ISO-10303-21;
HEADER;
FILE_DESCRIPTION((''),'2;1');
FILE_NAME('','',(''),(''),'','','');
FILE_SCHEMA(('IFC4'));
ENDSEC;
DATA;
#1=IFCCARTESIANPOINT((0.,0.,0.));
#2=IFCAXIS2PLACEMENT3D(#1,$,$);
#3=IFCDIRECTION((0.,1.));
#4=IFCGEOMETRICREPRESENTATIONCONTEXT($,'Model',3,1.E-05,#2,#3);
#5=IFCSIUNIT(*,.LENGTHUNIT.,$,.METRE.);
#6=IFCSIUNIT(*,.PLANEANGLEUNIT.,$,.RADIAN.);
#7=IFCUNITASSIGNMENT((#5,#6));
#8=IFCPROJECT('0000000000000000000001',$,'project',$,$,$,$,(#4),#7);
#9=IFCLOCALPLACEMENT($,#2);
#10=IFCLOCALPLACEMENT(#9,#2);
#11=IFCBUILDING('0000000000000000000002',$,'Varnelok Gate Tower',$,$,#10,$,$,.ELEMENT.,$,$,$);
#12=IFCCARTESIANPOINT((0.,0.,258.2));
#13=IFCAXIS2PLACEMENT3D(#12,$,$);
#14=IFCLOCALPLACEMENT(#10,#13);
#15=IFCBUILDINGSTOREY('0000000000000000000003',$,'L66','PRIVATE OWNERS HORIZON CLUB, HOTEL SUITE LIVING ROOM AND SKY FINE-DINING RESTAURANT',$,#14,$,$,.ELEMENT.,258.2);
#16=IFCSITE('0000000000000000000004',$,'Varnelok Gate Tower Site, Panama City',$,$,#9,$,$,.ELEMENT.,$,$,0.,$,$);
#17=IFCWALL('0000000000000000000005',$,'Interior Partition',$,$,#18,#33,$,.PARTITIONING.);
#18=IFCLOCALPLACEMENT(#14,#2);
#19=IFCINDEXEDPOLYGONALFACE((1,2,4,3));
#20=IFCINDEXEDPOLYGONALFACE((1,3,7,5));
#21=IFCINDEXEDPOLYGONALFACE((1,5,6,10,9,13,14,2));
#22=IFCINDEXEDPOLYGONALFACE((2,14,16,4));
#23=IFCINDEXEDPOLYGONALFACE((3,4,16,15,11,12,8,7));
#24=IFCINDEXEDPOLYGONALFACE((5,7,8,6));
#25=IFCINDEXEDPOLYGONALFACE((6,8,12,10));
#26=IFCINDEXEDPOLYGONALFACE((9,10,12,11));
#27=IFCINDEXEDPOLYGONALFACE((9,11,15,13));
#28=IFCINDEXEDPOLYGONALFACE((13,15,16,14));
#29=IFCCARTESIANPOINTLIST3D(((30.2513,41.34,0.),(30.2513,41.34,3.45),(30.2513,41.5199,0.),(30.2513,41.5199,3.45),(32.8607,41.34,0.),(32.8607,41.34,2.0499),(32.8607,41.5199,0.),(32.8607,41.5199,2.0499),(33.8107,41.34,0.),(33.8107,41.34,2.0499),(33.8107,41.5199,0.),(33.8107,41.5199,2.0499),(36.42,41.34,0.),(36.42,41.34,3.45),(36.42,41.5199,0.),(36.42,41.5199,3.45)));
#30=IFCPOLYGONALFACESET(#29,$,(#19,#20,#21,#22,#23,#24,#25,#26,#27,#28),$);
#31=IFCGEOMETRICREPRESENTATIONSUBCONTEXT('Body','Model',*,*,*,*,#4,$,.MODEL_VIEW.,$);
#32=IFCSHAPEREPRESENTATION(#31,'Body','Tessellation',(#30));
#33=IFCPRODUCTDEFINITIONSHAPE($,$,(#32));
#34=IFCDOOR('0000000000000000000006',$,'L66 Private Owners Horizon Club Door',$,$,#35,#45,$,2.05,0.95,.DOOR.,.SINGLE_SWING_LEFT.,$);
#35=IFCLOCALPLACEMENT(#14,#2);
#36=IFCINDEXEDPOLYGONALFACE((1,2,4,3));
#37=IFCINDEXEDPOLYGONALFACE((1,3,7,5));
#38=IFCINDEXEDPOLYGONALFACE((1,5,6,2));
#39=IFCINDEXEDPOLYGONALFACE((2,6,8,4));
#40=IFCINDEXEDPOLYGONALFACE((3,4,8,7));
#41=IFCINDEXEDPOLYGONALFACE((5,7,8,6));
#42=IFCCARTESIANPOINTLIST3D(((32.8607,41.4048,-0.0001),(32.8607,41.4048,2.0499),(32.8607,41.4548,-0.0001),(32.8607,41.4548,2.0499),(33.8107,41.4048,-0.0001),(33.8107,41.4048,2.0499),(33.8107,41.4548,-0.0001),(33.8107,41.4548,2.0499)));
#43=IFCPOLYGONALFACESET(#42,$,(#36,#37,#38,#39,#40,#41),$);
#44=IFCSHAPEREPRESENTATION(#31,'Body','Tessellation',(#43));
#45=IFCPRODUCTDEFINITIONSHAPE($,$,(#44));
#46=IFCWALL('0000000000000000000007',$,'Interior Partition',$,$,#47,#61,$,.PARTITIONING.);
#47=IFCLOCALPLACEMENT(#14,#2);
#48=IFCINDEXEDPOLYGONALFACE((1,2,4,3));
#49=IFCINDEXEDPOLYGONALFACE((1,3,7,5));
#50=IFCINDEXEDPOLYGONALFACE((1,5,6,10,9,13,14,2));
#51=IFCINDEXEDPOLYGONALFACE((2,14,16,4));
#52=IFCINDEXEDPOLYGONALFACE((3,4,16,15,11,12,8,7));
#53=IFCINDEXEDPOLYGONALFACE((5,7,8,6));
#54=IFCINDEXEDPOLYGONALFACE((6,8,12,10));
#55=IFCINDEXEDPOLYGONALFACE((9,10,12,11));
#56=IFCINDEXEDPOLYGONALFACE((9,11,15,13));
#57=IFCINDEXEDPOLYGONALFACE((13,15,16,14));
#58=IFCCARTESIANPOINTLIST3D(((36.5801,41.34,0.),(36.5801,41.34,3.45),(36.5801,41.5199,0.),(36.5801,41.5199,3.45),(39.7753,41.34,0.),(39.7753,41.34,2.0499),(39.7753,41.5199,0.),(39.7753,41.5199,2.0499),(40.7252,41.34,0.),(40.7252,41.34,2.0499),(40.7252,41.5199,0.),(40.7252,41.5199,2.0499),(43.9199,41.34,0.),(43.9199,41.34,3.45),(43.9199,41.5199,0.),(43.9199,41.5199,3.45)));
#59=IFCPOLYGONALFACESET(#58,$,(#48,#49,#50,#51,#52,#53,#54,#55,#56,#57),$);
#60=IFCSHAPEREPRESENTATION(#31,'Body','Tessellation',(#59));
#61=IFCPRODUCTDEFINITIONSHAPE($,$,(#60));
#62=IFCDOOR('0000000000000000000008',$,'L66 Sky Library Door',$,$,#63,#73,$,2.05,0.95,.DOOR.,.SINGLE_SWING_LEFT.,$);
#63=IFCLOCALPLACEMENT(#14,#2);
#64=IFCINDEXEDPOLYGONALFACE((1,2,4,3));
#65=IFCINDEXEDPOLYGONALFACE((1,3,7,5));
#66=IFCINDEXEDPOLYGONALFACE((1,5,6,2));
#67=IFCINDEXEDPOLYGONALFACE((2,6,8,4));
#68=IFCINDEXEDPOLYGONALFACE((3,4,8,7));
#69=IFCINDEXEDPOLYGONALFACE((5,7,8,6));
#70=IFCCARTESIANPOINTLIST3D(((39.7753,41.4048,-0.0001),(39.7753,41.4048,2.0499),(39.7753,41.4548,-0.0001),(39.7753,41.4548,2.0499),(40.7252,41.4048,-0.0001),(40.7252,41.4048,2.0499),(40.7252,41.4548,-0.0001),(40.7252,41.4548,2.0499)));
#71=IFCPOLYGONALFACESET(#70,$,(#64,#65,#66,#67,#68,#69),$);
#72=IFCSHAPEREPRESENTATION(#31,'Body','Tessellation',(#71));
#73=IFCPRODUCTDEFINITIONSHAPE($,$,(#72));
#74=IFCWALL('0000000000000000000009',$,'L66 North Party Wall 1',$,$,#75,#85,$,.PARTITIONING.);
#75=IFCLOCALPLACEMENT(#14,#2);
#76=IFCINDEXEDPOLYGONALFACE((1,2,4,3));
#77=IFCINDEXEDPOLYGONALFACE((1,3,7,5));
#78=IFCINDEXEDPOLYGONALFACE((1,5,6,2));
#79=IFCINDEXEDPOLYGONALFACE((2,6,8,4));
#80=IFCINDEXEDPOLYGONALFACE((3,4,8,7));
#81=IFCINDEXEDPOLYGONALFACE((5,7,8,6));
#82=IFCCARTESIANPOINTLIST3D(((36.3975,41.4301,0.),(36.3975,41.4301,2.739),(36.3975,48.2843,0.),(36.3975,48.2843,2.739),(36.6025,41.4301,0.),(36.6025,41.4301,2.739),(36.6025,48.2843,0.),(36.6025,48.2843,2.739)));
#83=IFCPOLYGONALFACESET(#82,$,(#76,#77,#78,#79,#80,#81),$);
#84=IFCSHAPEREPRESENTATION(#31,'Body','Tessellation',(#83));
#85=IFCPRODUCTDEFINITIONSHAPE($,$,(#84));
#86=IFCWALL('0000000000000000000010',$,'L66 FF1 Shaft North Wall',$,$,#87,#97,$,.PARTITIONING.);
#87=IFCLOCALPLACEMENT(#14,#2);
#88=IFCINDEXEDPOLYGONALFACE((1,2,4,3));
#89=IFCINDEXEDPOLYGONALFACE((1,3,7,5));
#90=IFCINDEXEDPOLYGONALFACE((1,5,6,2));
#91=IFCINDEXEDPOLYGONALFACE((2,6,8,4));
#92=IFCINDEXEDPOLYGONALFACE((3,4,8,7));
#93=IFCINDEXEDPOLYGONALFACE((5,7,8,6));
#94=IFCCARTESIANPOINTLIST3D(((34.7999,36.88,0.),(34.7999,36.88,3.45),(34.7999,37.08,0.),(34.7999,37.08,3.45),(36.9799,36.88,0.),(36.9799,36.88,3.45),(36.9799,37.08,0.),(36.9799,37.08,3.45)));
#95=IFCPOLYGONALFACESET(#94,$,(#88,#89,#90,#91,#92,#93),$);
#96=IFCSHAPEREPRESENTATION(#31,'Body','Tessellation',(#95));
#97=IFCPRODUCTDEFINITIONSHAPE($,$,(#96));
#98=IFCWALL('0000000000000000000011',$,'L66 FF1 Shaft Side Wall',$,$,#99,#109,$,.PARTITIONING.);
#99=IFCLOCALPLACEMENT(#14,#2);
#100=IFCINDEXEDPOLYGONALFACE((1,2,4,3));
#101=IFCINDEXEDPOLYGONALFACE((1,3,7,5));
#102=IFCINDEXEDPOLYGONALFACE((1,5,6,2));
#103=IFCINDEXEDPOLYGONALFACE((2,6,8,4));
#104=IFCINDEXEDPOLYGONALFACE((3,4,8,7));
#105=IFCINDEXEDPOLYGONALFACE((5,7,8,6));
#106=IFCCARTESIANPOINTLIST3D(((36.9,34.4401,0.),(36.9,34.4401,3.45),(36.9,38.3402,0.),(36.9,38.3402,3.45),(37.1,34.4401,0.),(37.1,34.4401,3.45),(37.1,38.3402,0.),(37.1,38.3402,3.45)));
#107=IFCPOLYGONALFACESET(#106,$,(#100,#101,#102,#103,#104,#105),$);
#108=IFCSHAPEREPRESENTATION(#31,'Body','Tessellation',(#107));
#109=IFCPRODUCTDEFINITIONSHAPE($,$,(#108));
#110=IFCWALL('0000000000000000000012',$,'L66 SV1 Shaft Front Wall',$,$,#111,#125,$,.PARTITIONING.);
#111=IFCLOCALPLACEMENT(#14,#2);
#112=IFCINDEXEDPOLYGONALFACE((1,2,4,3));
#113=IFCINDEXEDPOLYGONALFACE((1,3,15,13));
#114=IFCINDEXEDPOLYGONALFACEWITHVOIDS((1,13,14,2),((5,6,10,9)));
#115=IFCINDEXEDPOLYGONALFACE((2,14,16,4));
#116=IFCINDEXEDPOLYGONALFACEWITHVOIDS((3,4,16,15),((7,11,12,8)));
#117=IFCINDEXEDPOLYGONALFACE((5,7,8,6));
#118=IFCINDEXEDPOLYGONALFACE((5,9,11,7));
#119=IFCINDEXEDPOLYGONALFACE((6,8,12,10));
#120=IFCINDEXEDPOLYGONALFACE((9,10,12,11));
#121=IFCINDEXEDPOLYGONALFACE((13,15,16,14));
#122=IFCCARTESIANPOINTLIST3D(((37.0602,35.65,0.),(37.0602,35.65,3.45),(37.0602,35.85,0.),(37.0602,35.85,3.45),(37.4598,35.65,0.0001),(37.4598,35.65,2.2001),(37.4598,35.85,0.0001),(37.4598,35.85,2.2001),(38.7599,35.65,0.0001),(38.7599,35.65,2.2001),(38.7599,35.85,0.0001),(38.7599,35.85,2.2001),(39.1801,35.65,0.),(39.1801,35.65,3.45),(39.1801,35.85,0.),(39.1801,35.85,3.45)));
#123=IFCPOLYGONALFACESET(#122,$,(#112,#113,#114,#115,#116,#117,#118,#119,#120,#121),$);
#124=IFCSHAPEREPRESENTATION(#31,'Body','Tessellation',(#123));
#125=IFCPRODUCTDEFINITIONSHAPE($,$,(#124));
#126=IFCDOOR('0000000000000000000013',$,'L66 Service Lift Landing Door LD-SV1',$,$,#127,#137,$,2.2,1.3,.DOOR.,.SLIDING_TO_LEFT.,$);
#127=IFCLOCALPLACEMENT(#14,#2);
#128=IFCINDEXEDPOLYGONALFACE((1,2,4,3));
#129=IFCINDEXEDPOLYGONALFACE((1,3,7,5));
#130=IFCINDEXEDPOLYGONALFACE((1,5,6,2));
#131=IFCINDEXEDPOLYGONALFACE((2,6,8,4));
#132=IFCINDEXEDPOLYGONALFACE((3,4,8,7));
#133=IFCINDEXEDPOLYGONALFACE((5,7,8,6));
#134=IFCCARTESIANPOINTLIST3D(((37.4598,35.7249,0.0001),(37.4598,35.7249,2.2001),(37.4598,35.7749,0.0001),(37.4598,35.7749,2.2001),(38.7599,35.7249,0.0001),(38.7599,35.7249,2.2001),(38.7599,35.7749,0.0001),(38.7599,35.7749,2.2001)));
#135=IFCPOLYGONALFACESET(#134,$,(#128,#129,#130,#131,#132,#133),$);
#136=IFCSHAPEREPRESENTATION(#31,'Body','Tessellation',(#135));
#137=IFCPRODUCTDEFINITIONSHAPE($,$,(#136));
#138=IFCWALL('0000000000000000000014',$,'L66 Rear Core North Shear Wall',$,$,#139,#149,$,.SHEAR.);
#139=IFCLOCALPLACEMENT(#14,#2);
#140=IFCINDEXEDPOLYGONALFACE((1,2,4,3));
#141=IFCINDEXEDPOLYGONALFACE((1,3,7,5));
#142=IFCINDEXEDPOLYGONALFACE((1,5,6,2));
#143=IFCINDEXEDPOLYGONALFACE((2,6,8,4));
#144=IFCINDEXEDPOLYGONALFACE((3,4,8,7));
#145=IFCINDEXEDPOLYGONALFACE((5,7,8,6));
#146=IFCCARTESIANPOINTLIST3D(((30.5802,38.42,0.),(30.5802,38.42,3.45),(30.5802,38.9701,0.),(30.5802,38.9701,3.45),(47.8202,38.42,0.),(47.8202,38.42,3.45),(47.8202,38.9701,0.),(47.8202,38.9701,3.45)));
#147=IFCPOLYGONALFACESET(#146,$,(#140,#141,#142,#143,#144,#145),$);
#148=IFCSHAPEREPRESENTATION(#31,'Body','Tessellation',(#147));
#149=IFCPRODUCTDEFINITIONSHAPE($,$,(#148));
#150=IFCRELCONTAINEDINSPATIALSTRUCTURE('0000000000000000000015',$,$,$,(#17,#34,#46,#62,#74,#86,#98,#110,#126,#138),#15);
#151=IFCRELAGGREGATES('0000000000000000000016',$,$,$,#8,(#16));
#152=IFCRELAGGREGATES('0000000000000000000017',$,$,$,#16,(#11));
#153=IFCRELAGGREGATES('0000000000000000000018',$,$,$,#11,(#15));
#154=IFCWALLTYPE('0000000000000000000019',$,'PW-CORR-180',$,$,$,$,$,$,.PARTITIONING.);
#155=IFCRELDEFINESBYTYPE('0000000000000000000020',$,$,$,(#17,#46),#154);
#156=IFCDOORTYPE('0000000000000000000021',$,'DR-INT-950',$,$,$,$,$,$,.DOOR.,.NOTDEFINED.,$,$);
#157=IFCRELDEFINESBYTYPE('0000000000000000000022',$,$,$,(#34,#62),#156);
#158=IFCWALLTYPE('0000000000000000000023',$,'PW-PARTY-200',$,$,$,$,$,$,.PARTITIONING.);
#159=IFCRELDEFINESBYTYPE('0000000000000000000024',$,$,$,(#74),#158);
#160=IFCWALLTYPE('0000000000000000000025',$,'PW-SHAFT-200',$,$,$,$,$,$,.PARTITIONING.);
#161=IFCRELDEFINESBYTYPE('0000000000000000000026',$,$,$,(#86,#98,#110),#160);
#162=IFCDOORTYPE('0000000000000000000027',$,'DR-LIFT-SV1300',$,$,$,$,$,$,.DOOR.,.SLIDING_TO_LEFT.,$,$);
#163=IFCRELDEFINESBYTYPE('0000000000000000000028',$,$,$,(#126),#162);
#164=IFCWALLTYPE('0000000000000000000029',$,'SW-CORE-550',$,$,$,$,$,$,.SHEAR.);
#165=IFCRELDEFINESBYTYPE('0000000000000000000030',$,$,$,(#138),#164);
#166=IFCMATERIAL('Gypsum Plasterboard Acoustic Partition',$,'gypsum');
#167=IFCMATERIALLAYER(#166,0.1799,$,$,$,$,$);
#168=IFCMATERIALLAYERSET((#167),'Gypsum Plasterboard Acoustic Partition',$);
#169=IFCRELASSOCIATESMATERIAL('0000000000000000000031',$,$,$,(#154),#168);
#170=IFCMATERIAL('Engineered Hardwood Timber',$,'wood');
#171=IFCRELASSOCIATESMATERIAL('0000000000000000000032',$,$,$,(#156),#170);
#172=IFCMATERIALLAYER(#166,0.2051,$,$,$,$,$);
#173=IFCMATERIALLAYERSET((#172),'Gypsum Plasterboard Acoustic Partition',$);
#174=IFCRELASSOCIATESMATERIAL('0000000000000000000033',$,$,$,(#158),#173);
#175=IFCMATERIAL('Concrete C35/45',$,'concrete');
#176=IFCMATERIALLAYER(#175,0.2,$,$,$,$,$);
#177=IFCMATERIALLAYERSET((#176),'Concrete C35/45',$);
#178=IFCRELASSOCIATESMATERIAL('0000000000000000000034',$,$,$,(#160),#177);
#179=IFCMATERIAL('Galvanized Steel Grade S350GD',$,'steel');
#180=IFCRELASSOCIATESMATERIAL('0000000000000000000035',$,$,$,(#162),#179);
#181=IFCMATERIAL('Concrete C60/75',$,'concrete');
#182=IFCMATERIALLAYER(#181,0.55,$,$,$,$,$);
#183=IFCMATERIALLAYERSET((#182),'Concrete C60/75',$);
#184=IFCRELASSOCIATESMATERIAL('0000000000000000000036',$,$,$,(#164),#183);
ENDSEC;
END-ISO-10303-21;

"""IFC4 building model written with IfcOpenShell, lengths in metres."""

from ifc_helpers import new_model, si_unit, direction, frame, frame_2d, origin, place, context, subcontext, project, spatial, rectangle, extrude, material, layer, layer_set, type_object, element, fill, save


model = new_model("IFC4")

# Units and contexts
model_context = context("Model", 3, precision=1e-05, world=origin(), true_north=direction((0.0, 1.0)))
body_context = subcontext(model_context, "Body", "Model", "MODEL_VIEW")
ifc_project = project(units=[si_unit("LENGTHUNIT", "METRE"), si_unit("PLANEANGLEUNIT", "RADIAN")], contexts=[model_context])

# Site, building, storey
site_placement = place(None, origin())
site = spatial("IfcSite", under=ifc_project, at=site_placement, Name="Varnelok Gate Tower Site, Panama City", CompositionType="ELEMENT", RefElevation=0.0)
building_placement = place(site_placement, origin())
building = spatial("IfcBuilding", under=site, at=building_placement, Name="Varnelok Gate Tower", CompositionType="ELEMENT")
storey_placement = place(building_placement, frame((0.0, 0.0, 258.2)))
storey = spatial("IfcBuildingStorey", under=building, at=storey_placement, Name="L66", Description="PRIVATE OWNERS HORIZON CLUB, HOTEL SUITE LIVING ROOM AND SKY FINE-DINING RESTAURANT", CompositionType="ELEMENT", Elevation=258.2)

# Walls, openings, doors
ifc_material_1 = material(Name="Gypsum Plasterboard Acoustic Partition", Category="gypsum")
ifc_layer_1 = layer(ifc_material_1, 0.1799)
ifc_layer_set_1 = layer_set([ifc_layer_1], Name="Gypsum Plasterboard Acoustic Partition")
wall_type_1 = type_object("IfcWallType", Name="PW-CORR-180", PredefinedType="PARTITIONING", material=ifc_layer_set_1)
wall_1_placement = place(storey_placement, frame((30.2512, 41.4299, 0.0), z_axis=(0.0, 0.0, 1.0), x_axis=(1.0, 0.0, 0.0)))
wall_1 = element("IfcWall", 1, at=wall_1_placement, inside=storey, type_object=wall_type_1, Name="Interior Partition", PredefinedType="PARTITIONING", context=body_context, shape_type="SweptSolid", body=[
    extrude(rectangle(XDim=6.1687, YDim=0.1799, at=frame_2d((3.0845, 0.0))), origin(), (0.0, 0.0, 1.0), 3.45),
])
opening_1_placement = place(wall_1_placement, frame((2.6094, 0.0, 0.0)))
opening_1 = element("IfcOpeningElement", 2, at=opening_1_placement, cuts=wall_1, PredefinedType="OPENING", context=body_context, shape_type="SweptSolid", body=[
    extrude(rectangle(XDim=0.95, YDim=2.05, at=frame_2d((0.4751, 1.0249))), frame((0.0, 0.0999, 0.0), z_axis=(0.0, -1.0, 0.0), x_axis=(1.0, 0.0, 0.0)), (0.0, 0.0, 1.0), 0.2),
])
ifc_material_2 = material(Name="Engineered Hardwood Timber", Category="wood")
door_type_1 = type_object("IfcDoorType", Name="DR-INT-950", OperationType="NOTDEFINED", PredefinedType="DOOR", material=ifc_material_2)
door_1_placement = place(opening_1_placement, origin())
door_1 = element("IfcDoor", 3, at=door_1_placement, inside=storey, type_object=door_type_1, Name="L66 Private Owners Horizon Club Door", OperationType="SINGLE_SWING_LEFT", OverallHeight=2.05, OverallWidth=0.95, PredefinedType="DOOR", context=body_context, shape_type="SweptSolid", body=[
    extrude(rectangle(XDim=0.95, YDim=2.05, at=frame_2d((0.4751, 1.0249))), frame((0.0, 0.0249, 0.0), z_axis=(0.0, -1.0, 0.0), x_axis=(1.0, 0.0, 0.0)), (0.0, 0.0, 1.0), 0.05),
])
fill(opening_1, door_1)
wall_2_placement = place(storey_placement, frame((36.5801, 41.4299, 0.0), z_axis=(0.0, 0.0, 1.0), x_axis=(1.0, 0.0, 0.0)))
wall_2 = element("IfcWall", 4, at=wall_2_placement, inside=storey, type_object=wall_type_1, Name="Interior Partition", PredefinedType="PARTITIONING", context=body_context, shape_type="SweptSolid", body=[
    extrude(rectangle(XDim=7.3398, YDim=0.1799, at=frame_2d((3.6699, 0.0))), origin(), (0.0, 0.0, 1.0), 3.45),
])
opening_2_placement = place(wall_2_placement, frame((3.1951, 0.0, 0.0)))
opening_2 = element("IfcOpeningElement", 5, at=opening_2_placement, cuts=wall_2, PredefinedType="OPENING", context=body_context, shape_type="SweptSolid", body=[
    extrude(rectangle(XDim=0.95, YDim=2.05, at=frame_2d((0.4751, 1.0249))), frame((0.0, 0.0999, 0.0), z_axis=(0.0, -1.0, 0.0), x_axis=(1.0, 0.0, 0.0)), (0.0, 0.0, 1.0), 0.2),
])
door_2_placement = place(opening_2_placement, origin())
door_2 = element("IfcDoor", 6, at=door_2_placement, inside=storey, type_object=door_type_1, Name="L66 Sky Library Door", OperationType="SINGLE_SWING_LEFT", OverallHeight=2.05, OverallWidth=0.95, PredefinedType="DOOR", context=body_context, shape_type="SweptSolid", body=[
    extrude(rectangle(XDim=0.95, YDim=2.05, at=frame_2d((0.4751, 1.0249))), frame((0.0, 0.0249, 0.0), z_axis=(0.0, -1.0, 0.0), x_axis=(1.0, 0.0, 0.0)), (0.0, 0.0, 1.0), 0.05),
])
fill(opening_2, door_2)

# Walls
ifc_layer_2 = layer(ifc_material_1, 0.2051)
ifc_layer_set_2 = layer_set([ifc_layer_2], Name="Gypsum Plasterboard Acoustic Partition")
wall_type_2 = type_object("IfcWallType", Name="PW-PARTY-200", PredefinedType="PARTITIONING", material=ifc_layer_set_2)
wall_3_placement = place(storey_placement, frame((36.5, 41.4299, 0.0), z_axis=(0.0, 0.0, 1.0), x_axis=(0.0, 1.0, 0.0)))
element("IfcWall", 7, at=wall_3_placement, inside=storey, type_object=wall_type_2, Name="L66 North Party Wall 1", PredefinedType="PARTITIONING", context=body_context, shape_type="SweptSolid", body=[
    extrude(rectangle(XDim=6.8542, YDim=0.2051, at=frame_2d((3.4272, 0.0))), origin(), (0.0, 0.0, 1.0), 2.739),
])
ifc_material_3 = material(Name="Concrete C35/45", Category="concrete")
ifc_layer_3 = layer(ifc_material_3, 0.2)
ifc_layer_set_3 = layer_set([ifc_layer_3], Name="Concrete C35/45")
wall_type_3 = type_object("IfcWallType", Name="PW-SHAFT-200", PredefinedType="PARTITIONING", material=ifc_layer_set_3)
wall_4_placement = place(storey_placement, frame((34.8, 36.98, 0.0), z_axis=(0.0, 0.0, 1.0), x_axis=(1.0, 0.0, 0.0)))
element("IfcWall", 8, at=wall_4_placement, inside=storey, type_object=wall_type_3, Name="L66 FF1 Shaft North Wall", PredefinedType="PARTITIONING", context=body_context, shape_type="SweptSolid", body=[
    extrude(rectangle(XDim=2.1799, YDim=0.2, at=frame_2d((1.0898, 0.0))), origin(), (0.0, 0.0, 1.0), 3.45),
])
wall_5_placement = place(storey_placement, frame((37.0, 34.4399, 0.0), z_axis=(0.0, 0.0, 1.0), x_axis=(0.0, 1.0, 0.0)))
element("IfcWall", 9, at=wall_5_placement, inside=storey, type_object=wall_type_3, Name="L66 FF1 Shaft Side Wall", PredefinedType="PARTITIONING", context=body_context, shape_type="SweptSolid", body=[
    extrude(rectangle(XDim=3.9001, YDim=0.2, at=frame_2d((1.9502, 0.0))), origin(), (0.0, 0.0, 1.0), 3.45),
])

# Wall, opening, door
wall_6_placement = place(storey_placement, frame((37.0601, 35.75, 0.0), z_axis=(0.0, 0.0, 1.0), x_axis=(1.0, 0.0, 0.0)))
wall_6 = element("IfcWall", 10, at=wall_6_placement, inside=storey, type_object=wall_type_3, Name="L66 SV1 Shaft Front Wall", PredefinedType="PARTITIONING", context=body_context, shape_type="SweptSolid", body=[
    extrude(rectangle(XDim=2.1199, YDim=0.2, at=frame_2d((1.0601, 0.0))), origin(), (0.0, 0.0, 1.0), 3.45),
])
opening_3_placement = place(wall_6_placement, frame((0.3999, 0.0, 0.0)))
opening_3 = element("IfcOpeningElement", 11, at=opening_3_placement, cuts=wall_6, PredefinedType="OPENING", context=body_context, shape_type="SweptSolid", body=[
    extrude(rectangle(XDim=1.3, YDim=2.2, at=frame_2d((0.6499, 1.1001))), frame((0.0, 0.1099, 0.0), z_axis=(0.0, -1.0, 0.0), x_axis=(1.0, 0.0, 0.0)), (0.0, 0.0, 1.0), 0.22),
])
ifc_material_4 = material(Name="Galvanized Steel Grade S350GD", Category="steel")
door_type_2 = type_object("IfcDoorType", Name="DR-LIFT-SV1300", OperationType="SLIDING_TO_LEFT", PredefinedType="DOOR", material=ifc_material_4)
door_3_placement = place(opening_3_placement, origin())
door_3 = element("IfcDoor", 12, at=door_3_placement, inside=storey, type_object=door_type_2, Name="L66 Service Lift Landing Door LD-SV1", OperationType="SLIDING_TO_LEFT", OverallHeight=2.2, OverallWidth=1.3, PredefinedType="DOOR", context=body_context, shape_type="SweptSolid", body=[
    extrude(rectangle(XDim=1.3, YDim=2.2, at=frame_2d((0.6499, 1.1001))), frame((0.0, 0.0249, 0.0), z_axis=(0.0, -1.0, 0.0), x_axis=(1.0, 0.0, 0.0)), (0.0, 0.0, 1.0), 0.05),
])
fill(opening_3, door_3)

# Wall
ifc_material_5 = material(Name="Concrete C60/75", Category="concrete")
ifc_layer_4 = layer(ifc_material_5, 0.55)
ifc_layer_set_4 = layer_set([ifc_layer_4], Name="Concrete C60/75")
wall_type_4 = type_object("IfcWallType", Name="SW-CORE-550", PredefinedType="SHEAR", material=ifc_layer_set_4)
wall_7_placement = place(storey_placement, frame((30.5801, 38.6951, 0.0), z_axis=(0.0, 0.0, 1.0), x_axis=(1.0, 0.0, 0.0)))
element("IfcWall", 13, at=wall_7_placement, inside=storey, type_object=wall_type_4, Name="L66 Rear Core North Shear Wall", PredefinedType="SHEAR", context=body_context, shape_type="SweptSolid", body=[
    extrude(rectangle(XDim=17.24, YDim=0.55, at=frame_2d((8.6201, 0.0))), origin(), (0.0, 0.0, 1.0), 3.45),
])

save(model, "model.ifc")
